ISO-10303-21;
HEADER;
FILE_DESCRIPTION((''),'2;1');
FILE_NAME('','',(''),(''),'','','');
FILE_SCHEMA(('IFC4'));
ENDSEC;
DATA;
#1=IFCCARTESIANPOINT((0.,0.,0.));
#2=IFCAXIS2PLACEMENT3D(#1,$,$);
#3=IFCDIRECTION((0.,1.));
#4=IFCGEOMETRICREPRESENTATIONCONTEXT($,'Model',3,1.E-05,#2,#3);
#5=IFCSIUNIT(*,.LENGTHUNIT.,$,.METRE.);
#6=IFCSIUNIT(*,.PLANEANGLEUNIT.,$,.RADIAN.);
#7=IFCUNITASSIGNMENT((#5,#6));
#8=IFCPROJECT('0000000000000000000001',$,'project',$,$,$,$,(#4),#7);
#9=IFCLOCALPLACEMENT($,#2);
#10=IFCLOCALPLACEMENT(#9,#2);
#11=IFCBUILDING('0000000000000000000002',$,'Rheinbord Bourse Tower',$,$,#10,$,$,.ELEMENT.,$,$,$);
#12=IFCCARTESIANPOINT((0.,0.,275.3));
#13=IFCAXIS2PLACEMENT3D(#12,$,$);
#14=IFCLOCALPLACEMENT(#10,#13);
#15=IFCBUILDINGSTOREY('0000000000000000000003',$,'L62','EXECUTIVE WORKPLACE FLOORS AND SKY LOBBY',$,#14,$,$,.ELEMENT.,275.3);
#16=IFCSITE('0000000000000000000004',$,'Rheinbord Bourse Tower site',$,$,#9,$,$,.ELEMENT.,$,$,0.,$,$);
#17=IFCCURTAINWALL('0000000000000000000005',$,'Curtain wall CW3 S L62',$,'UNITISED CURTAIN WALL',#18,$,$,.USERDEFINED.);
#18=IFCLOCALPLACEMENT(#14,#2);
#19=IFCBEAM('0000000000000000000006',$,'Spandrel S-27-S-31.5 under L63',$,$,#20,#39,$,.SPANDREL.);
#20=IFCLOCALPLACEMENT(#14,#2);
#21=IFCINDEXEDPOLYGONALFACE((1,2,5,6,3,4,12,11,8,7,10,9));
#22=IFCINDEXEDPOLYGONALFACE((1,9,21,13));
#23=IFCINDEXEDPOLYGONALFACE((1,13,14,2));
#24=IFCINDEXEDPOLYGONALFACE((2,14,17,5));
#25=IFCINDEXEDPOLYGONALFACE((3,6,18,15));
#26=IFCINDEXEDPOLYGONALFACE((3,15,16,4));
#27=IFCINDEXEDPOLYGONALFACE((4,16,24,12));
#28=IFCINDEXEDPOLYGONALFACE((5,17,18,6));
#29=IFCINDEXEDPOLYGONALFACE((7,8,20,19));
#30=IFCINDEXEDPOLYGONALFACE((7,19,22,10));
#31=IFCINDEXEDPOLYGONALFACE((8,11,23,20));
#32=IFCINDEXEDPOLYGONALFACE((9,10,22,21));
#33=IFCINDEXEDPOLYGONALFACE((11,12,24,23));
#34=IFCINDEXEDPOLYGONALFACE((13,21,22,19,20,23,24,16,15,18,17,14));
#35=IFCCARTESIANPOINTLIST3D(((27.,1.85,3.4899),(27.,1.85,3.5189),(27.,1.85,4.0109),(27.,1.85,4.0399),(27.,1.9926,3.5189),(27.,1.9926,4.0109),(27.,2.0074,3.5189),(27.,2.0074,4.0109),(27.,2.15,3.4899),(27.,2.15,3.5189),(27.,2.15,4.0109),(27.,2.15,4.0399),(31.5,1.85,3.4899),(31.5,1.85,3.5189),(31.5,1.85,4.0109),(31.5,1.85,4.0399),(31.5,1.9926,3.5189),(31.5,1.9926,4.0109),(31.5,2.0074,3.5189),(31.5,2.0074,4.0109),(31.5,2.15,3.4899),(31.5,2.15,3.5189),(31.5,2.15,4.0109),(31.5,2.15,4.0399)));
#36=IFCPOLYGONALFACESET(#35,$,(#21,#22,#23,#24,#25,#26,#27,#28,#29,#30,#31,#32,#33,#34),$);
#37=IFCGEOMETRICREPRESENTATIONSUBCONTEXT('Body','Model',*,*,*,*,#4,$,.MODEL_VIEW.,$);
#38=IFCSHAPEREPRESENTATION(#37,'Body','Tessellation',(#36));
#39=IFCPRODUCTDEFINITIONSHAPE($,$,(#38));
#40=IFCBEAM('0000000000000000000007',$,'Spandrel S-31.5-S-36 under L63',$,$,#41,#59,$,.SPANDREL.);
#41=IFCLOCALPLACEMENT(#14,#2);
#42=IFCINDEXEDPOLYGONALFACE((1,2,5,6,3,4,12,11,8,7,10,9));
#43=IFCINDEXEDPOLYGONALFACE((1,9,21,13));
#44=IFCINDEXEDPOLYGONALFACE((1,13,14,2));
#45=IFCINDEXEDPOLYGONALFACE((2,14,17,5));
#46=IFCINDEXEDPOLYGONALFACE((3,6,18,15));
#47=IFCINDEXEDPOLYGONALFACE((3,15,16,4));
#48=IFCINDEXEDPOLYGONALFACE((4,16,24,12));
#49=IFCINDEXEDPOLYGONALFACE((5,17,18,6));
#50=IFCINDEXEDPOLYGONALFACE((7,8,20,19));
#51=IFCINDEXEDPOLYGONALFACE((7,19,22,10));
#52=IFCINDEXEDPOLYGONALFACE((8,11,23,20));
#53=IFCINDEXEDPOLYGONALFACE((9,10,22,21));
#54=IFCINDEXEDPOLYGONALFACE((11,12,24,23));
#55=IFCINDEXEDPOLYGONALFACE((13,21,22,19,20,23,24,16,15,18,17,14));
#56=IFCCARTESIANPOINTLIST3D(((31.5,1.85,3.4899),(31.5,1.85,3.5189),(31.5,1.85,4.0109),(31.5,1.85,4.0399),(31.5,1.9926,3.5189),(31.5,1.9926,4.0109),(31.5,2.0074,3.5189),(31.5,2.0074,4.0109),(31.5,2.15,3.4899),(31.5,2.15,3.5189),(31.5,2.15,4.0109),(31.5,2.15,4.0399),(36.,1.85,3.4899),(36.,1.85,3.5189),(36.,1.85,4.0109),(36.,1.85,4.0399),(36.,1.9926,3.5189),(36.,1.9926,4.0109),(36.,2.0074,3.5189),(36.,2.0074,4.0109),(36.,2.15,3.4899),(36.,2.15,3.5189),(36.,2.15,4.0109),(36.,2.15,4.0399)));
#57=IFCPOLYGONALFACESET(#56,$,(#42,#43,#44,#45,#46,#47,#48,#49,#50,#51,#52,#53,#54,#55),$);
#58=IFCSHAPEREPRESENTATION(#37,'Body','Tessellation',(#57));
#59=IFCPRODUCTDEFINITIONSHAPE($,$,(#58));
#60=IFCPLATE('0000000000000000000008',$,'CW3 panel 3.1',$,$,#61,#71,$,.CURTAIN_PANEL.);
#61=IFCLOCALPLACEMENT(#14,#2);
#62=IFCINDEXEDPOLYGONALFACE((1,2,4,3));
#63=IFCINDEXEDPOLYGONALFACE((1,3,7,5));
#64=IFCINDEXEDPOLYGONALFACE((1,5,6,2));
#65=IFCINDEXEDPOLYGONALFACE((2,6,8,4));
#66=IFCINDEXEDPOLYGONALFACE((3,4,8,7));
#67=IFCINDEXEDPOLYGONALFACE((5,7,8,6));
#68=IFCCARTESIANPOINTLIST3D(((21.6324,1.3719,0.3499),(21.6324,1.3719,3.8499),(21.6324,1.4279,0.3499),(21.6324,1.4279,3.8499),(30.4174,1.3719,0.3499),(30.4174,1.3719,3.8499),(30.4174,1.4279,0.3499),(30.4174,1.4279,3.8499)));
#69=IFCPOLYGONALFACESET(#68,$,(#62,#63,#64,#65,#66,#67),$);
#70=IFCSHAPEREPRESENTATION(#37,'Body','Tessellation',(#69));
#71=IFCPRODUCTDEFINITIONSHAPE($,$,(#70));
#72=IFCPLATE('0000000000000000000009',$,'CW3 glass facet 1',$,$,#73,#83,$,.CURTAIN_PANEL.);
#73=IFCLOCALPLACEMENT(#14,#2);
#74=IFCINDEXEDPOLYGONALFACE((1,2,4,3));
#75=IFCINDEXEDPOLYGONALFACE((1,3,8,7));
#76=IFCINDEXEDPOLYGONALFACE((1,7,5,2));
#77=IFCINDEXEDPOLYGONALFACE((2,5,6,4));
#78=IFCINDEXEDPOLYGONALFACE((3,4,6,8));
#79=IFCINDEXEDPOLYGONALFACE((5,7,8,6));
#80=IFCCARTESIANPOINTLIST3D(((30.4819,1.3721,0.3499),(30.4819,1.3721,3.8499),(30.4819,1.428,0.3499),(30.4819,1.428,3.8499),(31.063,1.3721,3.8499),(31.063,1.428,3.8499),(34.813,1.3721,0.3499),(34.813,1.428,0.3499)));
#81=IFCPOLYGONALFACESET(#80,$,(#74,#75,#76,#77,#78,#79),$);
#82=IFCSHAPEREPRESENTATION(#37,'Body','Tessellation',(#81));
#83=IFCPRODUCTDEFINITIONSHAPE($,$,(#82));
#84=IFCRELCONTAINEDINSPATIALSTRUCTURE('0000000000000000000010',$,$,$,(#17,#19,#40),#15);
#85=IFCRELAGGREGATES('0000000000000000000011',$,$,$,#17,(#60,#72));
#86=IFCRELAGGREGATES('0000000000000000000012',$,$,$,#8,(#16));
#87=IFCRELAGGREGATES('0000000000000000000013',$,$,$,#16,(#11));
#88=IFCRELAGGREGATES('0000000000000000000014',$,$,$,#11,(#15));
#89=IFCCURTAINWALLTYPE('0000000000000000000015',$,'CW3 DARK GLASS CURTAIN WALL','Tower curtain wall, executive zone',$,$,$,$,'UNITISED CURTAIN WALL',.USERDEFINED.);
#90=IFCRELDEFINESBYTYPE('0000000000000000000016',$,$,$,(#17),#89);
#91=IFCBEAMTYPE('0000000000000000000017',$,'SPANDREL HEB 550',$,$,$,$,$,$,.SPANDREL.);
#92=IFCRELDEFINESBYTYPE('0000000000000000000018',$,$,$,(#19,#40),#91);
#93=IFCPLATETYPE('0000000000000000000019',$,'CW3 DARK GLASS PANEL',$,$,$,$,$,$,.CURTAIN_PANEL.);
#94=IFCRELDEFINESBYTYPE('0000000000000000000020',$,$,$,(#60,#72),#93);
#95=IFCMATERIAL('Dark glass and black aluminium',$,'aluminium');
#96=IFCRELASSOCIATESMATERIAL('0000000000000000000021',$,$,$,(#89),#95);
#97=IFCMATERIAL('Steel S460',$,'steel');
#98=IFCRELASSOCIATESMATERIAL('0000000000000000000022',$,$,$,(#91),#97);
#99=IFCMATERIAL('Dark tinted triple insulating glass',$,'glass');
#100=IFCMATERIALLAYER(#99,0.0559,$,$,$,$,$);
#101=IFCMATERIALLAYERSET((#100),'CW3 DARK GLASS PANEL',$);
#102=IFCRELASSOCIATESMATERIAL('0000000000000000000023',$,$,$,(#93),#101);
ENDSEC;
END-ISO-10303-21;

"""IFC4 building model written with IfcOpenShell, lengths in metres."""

from ifc_helpers import new_model, si_unit, direction, frame, origin, origin_2d, place, context, subcontext, project, spatial, polyline, rectangle, i_section, outline, extrude, material, layer, layer_set, material_profile, profile_set, type_object, element, aggregate, save


model = new_model("IFC4")

# Units and contexts
model_context = context("Model", 3, precision=1e-05, world=origin(), true_north=direction((0.0, 1.0)))
body_context = subcontext(model_context, "Body", "Model", "MODEL_VIEW")
ifc_project = project(units=[si_unit("LENGTHUNIT", "METRE"), si_unit("PLANEANGLEUNIT", "RADIAN")], contexts=[model_context])

# Site, building, storey
site_placement = place(None, origin())
site = spatial("IfcSite", under=ifc_project, at=site_placement, Name="Rheinbord Bourse Tower site", CompositionType="ELEMENT", RefElevation=0.0)
building_placement = place(site_placement, origin())
building = spatial("IfcBuilding", under=site, at=building_placement, Name="Rheinbord Bourse Tower", CompositionType="ELEMENT")
storey_placement = place(building_placement, frame((0.0, 0.0, 275.3)))
storey = spatial("IfcBuildingStorey", under=building, at=storey_placement, Name="L62", Description="EXECUTIVE WORKPLACE FLOORS AND SKY LOBBY", CompositionType="ELEMENT", Elevation=275.3)

# Curtain wall
ifc_material_1 = material(Name="Dark glass and black aluminium", Category="aluminium")
curtain_wall_type = type_object("IfcCurtainWallType", Name="CW3 DARK GLASS CURTAIN WALL", Description="Tower curtain wall, executive zone", ElementType="UNITISED CURTAIN WALL", PredefinedType="USERDEFINED", material=ifc_material_1)
curtain_wall_placement = place(storey_placement, origin())
curtain_wall = element("IfcCurtainWall", 1, at=curtain_wall_placement, inside=storey, type_object=curtain_wall_type, Name="Curtain wall CW3 S L62", ObjectType="UNITISED CURTAIN WALL", PredefinedType="USERDEFINED")

# Beams
ifc_material_2 = material(Name="Steel S460", Category="steel")
ifc_material_profile_1 = material_profile(ifc_material_2, i_section(OverallWidth=0.3, OverallDepth=0.55, WebThickness=0.0149, FlangeThickness=0.0291, at=origin_2d()), Name="HEB 550")
ifc_profile_set_1 = profile_set([ifc_material_profile_1], Name="Steel S460")
beam_type_1 = type_object("IfcBeamType", Name="SPANDREL HEB 550", PredefinedType="SPANDREL", material=ifc_profile_set_1)
for number, where, z_axis, x_axis, name in (
    (2, (27.0, 2.0, 3.7649), (1.0, 0.0, 0.0), (0.0, 1.0, 0.0), "Spandrel S-27-S-31.5 under L63"),
    (3, (31.5, 2.0, 3.7649), (1.0, 0.0, 0.0), (0.0, 1.0, 0.0), "Spandrel S-31.5-S-36 under L63"),
):
    element("IfcBeam", number, at=place(storey_placement, frame(where, z_axis=z_axis, x_axis=x_axis)), inside=storey, type_object=beam_type_1, Name=name, PredefinedType="SPANDREL", context=body_context, shape_type="SweptSolid", body=[
        extrude(i_section(OverallWidth=0.3, OverallDepth=0.55, WebThickness=0.0149, FlangeThickness=0.0291, at=origin_2d()), origin(), (0.0, 0.0, 1.0), 4.5),
    ])

# Plates
ifc_material_3 = material(Name="Dark tinted triple insulating glass", Category="glass")
ifc_layer = layer(ifc_material_3, 0.0559)
ifc_layer_set = layer_set([ifc_layer], Name="CW3 DARK GLASS PANEL")
plate_type = type_object("IfcPlateType", Name="CW3 DARK GLASS PANEL", PredefinedType="CURTAIN_PANEL", material=ifc_layer_set)
plate_1_placement = place(storey_placement, frame((26.0249, 1.3999, 0.3499), z_axis=(0.0, 0.0, 1.0), x_axis=(1.0, 0.0, 0.0)))
plate_1 = element("IfcPlate", 4, at=plate_1_placement, type_object=plate_type, Name="CW3 panel 3.1", PredefinedType="CURTAIN_PANEL", context=body_context, shape_type="SweptSolid", body=[
    extrude(rectangle(XDim=8.7849, YDim=0.0559, at=origin_2d()), origin(), (0.0, 0.0, 1.0), 3.5),
])
plate_2_placement = place(storey_placement, frame((30.4819, 1.3721, 0.3499), z_axis=(0.0, 1.0, 0.0), x_axis=(0.0, 0.0, 1.0)))
plate_2 = element("IfcPlate", 5, at=plate_2_placement, type_object=plate_type, Name="CW3 glass facet 1", PredefinedType="CURTAIN_PANEL", context=body_context, shape_type="SweptSolid", body=[
    extrude(outline(polyline([(0.0, 0.0), (3.5, 0.0), (3.5, 0.5811), (0.0, 4.3311), (0.0, 0.0)])), origin(), (0.0, 0.0, 1.0), 0.0559),
])
aggregate(curtain_wall, [plate_1, plate_2])

save(model, "model.ifc")
